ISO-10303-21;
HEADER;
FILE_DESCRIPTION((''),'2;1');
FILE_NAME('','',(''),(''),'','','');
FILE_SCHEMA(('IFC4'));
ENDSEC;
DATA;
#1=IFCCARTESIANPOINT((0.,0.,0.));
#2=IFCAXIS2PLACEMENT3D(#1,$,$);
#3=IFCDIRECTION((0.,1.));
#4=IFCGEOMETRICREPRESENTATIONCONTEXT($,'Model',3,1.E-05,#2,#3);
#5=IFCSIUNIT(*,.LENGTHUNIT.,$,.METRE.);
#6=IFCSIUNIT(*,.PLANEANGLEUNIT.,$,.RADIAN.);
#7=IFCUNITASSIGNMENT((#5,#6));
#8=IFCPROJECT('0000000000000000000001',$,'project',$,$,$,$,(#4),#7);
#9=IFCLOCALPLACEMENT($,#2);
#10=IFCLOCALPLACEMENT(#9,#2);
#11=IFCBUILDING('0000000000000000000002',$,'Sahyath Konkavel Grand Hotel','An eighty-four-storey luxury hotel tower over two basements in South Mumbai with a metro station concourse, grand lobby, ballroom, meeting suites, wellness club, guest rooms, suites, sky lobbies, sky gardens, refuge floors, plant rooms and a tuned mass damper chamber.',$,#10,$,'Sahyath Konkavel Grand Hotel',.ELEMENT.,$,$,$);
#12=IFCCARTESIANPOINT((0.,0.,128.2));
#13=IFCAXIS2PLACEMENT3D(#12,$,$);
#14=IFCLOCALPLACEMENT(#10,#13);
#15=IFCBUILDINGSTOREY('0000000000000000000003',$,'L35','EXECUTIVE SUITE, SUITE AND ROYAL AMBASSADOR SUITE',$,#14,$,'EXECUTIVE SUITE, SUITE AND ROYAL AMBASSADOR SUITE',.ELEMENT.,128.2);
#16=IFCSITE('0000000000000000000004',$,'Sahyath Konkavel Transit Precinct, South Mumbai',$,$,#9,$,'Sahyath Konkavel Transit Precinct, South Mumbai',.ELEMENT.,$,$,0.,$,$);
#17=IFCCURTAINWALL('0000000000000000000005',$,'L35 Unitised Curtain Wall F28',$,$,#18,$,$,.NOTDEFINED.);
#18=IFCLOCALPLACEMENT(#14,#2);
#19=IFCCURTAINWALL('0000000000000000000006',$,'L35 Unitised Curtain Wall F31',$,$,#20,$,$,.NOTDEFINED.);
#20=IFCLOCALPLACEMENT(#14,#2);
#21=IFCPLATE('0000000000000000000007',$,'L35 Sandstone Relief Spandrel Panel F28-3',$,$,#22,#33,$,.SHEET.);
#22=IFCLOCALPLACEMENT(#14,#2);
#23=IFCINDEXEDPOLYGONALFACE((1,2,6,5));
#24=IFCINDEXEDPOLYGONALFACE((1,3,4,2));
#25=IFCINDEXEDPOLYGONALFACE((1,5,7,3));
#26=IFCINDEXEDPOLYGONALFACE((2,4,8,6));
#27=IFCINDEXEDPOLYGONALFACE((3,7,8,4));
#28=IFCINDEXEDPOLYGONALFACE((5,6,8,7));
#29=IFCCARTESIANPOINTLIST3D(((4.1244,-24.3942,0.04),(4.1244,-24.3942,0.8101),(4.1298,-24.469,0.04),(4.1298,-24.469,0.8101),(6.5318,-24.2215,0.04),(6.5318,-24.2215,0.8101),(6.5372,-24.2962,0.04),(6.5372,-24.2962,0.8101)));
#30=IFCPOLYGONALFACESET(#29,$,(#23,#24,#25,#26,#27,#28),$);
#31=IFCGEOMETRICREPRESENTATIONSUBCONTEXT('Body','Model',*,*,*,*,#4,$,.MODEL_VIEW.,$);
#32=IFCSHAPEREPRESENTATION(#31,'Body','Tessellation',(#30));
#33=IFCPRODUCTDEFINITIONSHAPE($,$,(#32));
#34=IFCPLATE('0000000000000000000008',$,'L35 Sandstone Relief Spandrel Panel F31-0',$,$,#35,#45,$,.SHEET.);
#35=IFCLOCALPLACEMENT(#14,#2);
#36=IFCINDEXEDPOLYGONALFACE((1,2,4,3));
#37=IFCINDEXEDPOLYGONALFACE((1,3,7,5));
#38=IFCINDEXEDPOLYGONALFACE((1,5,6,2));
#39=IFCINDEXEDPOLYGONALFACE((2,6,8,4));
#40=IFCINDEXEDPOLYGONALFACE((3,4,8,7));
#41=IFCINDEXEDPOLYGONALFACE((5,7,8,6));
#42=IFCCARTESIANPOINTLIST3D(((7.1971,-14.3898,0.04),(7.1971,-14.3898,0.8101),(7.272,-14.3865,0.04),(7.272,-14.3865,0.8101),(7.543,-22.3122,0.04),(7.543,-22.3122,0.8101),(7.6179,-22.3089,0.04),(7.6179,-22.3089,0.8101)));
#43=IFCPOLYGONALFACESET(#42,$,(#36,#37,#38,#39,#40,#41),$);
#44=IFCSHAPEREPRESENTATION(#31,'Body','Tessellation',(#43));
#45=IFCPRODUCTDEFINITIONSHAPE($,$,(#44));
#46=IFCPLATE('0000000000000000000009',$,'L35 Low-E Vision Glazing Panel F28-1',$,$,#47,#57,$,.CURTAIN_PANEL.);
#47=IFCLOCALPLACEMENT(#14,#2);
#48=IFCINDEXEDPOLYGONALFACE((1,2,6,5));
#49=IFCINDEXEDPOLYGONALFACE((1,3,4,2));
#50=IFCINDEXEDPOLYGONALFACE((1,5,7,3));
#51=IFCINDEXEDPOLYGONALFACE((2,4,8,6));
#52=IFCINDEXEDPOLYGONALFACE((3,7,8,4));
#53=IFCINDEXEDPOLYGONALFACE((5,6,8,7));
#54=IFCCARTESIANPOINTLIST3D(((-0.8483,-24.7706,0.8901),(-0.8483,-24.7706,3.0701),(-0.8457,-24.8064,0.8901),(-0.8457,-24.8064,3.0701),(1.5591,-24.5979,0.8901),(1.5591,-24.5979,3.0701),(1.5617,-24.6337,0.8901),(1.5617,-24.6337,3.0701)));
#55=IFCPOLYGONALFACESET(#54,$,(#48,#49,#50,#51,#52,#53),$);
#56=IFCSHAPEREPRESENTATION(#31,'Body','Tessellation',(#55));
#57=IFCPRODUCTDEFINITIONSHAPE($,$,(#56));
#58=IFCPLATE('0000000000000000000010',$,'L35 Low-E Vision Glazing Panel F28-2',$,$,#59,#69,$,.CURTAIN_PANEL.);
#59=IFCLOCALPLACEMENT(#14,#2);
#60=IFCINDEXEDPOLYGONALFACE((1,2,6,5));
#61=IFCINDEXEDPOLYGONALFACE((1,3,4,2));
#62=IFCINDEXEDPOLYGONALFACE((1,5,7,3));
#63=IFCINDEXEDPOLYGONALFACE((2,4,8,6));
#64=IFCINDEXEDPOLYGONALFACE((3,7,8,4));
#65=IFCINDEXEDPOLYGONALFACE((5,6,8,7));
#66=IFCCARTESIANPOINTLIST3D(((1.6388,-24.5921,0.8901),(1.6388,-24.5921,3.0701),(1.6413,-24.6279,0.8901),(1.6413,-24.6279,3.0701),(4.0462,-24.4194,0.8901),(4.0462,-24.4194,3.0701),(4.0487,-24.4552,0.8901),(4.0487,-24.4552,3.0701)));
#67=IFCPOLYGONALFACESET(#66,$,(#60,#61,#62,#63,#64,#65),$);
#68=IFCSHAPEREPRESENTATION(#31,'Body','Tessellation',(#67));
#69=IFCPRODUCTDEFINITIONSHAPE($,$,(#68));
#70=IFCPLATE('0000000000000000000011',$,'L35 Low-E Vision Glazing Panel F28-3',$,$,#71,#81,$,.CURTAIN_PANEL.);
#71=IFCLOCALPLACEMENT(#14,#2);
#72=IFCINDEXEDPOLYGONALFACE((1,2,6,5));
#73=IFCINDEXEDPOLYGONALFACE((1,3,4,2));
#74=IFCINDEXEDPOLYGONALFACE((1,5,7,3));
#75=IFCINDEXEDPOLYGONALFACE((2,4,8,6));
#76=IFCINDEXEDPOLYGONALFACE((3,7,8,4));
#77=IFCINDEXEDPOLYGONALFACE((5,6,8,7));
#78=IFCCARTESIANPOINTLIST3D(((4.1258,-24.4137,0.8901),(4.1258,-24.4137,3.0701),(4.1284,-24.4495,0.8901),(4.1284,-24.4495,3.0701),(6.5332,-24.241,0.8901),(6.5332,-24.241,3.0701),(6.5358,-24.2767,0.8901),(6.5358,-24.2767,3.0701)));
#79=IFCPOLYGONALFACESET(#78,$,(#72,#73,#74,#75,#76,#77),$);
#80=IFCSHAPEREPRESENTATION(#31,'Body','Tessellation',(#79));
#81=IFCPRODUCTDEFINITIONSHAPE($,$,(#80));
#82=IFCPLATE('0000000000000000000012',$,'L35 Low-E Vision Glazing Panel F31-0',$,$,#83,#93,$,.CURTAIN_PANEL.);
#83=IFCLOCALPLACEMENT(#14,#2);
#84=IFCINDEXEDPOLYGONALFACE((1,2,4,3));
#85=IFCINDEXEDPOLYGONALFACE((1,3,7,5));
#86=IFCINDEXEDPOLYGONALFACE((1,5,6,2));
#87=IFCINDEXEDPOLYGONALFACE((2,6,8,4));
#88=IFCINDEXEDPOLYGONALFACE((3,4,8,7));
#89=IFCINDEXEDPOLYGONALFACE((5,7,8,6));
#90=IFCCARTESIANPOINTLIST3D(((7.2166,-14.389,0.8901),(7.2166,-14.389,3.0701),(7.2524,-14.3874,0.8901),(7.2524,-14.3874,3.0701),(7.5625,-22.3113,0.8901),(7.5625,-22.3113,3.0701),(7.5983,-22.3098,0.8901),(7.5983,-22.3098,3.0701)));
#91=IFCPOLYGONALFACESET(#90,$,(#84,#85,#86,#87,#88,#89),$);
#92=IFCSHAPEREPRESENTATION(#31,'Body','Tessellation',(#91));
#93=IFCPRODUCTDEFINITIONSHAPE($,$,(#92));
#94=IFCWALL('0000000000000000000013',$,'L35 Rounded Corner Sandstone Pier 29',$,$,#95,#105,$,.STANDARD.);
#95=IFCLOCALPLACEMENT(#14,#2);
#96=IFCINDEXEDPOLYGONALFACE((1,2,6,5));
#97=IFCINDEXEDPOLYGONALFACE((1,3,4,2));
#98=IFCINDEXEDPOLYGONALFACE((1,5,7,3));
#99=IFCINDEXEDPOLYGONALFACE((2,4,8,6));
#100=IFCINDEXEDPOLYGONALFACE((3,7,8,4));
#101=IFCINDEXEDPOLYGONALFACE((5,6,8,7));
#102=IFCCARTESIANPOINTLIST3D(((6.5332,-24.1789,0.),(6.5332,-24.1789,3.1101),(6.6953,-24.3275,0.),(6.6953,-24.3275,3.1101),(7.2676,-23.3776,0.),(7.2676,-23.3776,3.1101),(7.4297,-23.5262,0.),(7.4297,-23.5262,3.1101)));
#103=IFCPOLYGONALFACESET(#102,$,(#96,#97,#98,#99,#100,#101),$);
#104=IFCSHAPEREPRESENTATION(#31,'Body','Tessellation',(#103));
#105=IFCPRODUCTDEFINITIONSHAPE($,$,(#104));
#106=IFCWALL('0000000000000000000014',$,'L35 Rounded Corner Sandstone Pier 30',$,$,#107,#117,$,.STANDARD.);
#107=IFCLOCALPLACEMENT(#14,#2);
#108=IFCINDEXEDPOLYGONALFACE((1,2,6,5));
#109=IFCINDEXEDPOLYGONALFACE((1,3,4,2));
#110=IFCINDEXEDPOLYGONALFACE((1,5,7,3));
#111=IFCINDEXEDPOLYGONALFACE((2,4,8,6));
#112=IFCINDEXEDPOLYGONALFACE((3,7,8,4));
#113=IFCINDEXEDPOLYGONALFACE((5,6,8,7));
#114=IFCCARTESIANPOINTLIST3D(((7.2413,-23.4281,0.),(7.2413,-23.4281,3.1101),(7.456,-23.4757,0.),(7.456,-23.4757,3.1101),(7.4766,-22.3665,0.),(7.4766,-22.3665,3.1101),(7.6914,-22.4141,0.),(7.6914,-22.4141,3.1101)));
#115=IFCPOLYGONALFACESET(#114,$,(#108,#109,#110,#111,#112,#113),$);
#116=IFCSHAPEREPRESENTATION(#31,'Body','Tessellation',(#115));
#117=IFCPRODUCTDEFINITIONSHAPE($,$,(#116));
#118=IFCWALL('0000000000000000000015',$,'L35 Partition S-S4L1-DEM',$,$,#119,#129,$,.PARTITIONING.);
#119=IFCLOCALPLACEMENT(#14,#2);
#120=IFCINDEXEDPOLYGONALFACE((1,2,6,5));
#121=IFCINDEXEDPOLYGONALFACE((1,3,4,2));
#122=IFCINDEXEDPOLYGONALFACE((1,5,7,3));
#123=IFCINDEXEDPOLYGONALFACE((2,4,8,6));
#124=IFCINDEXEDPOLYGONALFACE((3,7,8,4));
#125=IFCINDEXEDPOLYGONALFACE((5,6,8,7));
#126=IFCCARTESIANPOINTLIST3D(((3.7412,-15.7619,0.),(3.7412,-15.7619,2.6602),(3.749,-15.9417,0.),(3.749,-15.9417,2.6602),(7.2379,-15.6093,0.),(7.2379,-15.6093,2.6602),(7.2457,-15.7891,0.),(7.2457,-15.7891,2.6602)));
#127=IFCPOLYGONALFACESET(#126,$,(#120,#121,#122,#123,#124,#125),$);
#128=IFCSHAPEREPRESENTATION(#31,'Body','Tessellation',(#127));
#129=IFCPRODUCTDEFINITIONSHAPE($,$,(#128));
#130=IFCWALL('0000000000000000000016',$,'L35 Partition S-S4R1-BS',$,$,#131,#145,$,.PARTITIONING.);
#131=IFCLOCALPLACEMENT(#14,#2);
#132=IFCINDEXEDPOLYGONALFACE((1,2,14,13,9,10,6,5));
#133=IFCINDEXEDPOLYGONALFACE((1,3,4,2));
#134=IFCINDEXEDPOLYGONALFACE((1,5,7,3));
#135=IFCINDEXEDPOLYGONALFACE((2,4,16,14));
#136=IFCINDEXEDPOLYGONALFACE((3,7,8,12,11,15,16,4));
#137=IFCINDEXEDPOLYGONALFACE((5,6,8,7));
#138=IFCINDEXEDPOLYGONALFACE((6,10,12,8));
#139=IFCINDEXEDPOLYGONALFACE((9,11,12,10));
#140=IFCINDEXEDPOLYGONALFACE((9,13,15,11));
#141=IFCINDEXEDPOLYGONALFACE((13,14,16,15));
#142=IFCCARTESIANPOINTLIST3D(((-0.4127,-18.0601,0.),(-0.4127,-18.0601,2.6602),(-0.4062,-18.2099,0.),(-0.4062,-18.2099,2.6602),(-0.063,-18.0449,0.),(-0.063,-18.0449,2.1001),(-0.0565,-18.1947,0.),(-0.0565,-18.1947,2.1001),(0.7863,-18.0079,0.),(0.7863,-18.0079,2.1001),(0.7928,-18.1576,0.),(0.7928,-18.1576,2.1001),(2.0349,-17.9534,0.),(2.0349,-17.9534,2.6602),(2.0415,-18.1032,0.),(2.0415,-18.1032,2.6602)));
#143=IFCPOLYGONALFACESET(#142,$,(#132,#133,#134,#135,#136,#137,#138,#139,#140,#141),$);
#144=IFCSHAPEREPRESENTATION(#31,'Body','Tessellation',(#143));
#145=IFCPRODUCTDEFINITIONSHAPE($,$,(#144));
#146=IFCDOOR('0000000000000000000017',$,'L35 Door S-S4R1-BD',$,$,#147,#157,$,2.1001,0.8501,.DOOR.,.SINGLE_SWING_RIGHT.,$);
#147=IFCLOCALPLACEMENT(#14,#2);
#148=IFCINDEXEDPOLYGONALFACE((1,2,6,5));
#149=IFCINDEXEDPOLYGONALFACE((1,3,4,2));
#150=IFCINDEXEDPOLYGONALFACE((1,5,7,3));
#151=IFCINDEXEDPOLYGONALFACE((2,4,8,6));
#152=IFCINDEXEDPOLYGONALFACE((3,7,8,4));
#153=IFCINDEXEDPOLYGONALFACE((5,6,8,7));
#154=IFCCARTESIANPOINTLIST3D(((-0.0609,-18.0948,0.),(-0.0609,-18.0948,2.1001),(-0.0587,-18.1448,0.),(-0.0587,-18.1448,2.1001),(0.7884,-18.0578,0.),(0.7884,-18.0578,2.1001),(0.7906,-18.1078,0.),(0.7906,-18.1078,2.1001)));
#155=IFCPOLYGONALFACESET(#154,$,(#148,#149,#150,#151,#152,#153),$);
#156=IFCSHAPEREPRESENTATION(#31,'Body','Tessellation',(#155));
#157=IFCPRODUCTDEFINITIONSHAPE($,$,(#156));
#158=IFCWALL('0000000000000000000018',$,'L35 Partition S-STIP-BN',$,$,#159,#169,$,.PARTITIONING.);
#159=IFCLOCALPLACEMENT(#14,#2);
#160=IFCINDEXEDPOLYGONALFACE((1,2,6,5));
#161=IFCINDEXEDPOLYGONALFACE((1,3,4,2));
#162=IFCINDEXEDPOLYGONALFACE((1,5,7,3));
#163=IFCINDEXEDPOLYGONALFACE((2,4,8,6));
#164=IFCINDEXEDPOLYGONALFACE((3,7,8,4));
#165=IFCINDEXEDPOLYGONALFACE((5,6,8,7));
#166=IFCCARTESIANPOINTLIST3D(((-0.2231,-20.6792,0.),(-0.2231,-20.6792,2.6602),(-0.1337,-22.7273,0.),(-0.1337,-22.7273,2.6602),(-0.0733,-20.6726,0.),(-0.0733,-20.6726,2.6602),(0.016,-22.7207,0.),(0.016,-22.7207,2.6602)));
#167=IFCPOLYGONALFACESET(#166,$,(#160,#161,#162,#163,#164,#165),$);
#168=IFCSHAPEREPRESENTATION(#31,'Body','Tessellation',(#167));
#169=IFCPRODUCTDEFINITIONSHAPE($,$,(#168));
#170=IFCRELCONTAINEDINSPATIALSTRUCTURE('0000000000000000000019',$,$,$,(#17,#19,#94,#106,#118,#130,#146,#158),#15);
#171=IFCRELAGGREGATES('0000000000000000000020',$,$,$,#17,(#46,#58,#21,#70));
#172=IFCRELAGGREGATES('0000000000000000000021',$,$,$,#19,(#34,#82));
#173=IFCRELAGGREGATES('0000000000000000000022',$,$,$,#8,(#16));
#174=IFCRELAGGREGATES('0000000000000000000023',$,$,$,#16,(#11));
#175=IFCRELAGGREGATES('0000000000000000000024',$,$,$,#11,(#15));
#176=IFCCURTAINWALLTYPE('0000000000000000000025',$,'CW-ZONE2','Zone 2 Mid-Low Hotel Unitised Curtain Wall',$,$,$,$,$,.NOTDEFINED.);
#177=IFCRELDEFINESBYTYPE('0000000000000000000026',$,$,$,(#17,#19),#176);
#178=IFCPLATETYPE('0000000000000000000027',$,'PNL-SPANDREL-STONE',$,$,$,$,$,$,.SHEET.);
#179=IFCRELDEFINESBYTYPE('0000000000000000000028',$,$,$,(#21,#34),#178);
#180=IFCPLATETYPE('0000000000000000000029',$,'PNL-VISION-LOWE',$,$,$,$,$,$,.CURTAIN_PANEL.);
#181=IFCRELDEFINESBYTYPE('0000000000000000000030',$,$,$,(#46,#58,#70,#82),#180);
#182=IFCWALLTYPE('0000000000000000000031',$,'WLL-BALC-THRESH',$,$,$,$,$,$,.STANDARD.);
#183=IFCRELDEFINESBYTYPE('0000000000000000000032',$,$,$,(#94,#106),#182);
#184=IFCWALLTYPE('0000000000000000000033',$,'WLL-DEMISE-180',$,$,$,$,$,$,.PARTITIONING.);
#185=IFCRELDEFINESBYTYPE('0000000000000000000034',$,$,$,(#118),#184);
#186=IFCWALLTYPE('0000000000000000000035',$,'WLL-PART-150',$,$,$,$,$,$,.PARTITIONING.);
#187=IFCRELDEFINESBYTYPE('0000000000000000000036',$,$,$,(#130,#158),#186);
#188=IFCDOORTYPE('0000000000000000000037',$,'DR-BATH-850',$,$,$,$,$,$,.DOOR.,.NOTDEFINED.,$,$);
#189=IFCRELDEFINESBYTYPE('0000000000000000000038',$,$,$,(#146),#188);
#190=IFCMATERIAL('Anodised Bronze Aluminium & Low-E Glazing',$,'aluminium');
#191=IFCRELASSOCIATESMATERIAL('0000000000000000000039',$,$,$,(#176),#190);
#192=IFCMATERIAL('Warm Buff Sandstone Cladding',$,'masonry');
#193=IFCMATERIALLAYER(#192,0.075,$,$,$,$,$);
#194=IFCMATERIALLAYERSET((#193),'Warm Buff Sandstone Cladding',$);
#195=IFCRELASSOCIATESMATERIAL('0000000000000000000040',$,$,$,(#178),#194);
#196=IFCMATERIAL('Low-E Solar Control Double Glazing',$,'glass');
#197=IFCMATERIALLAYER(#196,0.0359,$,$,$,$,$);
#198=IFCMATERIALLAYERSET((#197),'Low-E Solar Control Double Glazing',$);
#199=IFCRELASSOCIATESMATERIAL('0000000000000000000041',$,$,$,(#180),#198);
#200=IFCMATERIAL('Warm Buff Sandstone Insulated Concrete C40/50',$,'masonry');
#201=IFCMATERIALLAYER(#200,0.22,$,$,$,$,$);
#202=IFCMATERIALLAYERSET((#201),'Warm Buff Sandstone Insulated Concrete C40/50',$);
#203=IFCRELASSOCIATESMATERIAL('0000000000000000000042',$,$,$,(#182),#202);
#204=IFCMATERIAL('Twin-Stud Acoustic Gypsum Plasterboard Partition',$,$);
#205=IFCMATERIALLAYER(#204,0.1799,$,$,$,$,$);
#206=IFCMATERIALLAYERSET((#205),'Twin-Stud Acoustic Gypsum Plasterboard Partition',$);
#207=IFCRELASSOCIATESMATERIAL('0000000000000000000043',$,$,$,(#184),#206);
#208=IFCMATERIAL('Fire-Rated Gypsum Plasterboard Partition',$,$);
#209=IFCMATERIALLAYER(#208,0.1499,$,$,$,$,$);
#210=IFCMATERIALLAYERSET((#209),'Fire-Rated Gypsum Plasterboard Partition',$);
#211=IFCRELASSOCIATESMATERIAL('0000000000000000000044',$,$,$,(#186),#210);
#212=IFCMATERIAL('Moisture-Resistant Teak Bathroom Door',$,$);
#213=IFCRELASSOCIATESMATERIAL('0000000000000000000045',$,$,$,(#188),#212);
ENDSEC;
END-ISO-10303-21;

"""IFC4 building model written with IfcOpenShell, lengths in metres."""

from ifc_helpers import new_model, si_unit, direction, frame, frame_2d, origin, origin_2d, place, context, subcontext, project, spatial, rectangle, extrude, source, transform, mapped, material, layer, layer_set, type_object, element, fill, aggregate, save


model = new_model("IFC4")

# Units and contexts
model_context = context("Model", 3, precision=1e-05, world=origin(), true_north=direction((0.0, 1.0)))
body_context = subcontext(model_context, "Body", "Model", "MODEL_VIEW")
ifc_project = project(units=[si_unit("LENGTHUNIT", "METRE"), si_unit("PLANEANGLEUNIT", "RADIAN")], contexts=[model_context])

# Site, building, storey
site_placement = place(None, origin())
site = spatial("IfcSite", under=ifc_project, at=site_placement, Name="Sahyath Konkavel Transit Precinct, South Mumbai", LongName="Sahyath Konkavel Transit Precinct, South Mumbai", CompositionType="ELEMENT", RefElevation=0.0)
building_placement = place(site_placement, origin())
building = spatial("IfcBuilding", under=site, at=building_placement, Name="Sahyath Konkavel Grand Hotel", Description="An eighty-four-storey luxury hotel tower over two basements in South Mumbai with a metro station concourse, grand lobby, ballroom, meeting suites, wellness club, guest rooms, suites, sky lobbies, sky gardens, refuge floors, plant rooms and a tuned mass damper chamber.", LongName="Sahyath Konkavel Grand Hotel", CompositionType="ELEMENT")
storey_placement = place(building_placement, frame((0.0, 0.0, 128.2)))
storey = spatial("IfcBuildingStorey", under=building, at=storey_placement, Name="L35", Description="EXECUTIVE SUITE, SUITE AND ROYAL AMBASSADOR SUITE", LongName="EXECUTIVE SUITE, SUITE AND ROYAL AMBASSADOR SUITE", CompositionType="ELEMENT", Elevation=128.2)

# Curtain wall
ifc_material_1 = material(Name="Anodised Bronze Aluminium & Low-E Glazing", Category="aluminium")
curtain_wall_type = type_object("IfcCurtainWallType", Name="CW-ZONE2", Description="Zone 2 Mid-Low Hotel Unitised Curtain Wall", PredefinedType="NOTDEFINED", material=ifc_material_1)
curtain_wall_1_placement = place(storey_placement, origin())
curtain_wall_1 = element("IfcCurtainWall", 1, at=curtain_wall_1_placement, inside=storey, type_object=curtain_wall_type, Name="L35 Unitised Curtain Wall F28", PredefinedType="NOTDEFINED")

# Curtain wall
curtain_wall_2_placement = place(storey_placement, origin())
curtain_wall_2 = element("IfcCurtainWall", 2, at=curtain_wall_2_placement, inside=storey, type_object=curtain_wall_type, Name="L35 Unitised Curtain Wall F31", PredefinedType="NOTDEFINED")

# Plates
ifc_material_2 = material(Name="Warm Buff Sandstone Cladding", Category="masonry")
ifc_layer_1 = layer(ifc_material_2, 0.075)
ifc_layer_set_1 = layer_set([ifc_layer_1], Name="Warm Buff Sandstone Cladding")
plate_type_1 = type_object("IfcPlateType", Name="PNL-SPANDREL-STONE", PredefinedType="SHEET", material=ifc_layer_set_1)
shared_shape_1 = source(origin(), body_context, "Body", "SweptSolid", [
    extrude(rectangle(XDim=2.4136, YDim=0.075, at=origin_2d()), origin(), (0.0, 0.0, 1.0), 0.77),
])
plate_1_placement = place(storey_placement, frame((5.3308, -24.3452, 0.04), z_axis=(0.0, 0.0, 1.0), x_axis=(0.997436, 0.071567, 0.0)))
plate_1 = element("IfcPlate", 3, at=plate_1_placement, type_object=plate_type_1, Name="L35 Sandstone Relief Spandrel Panel F28-3", PredefinedType="SHEET", context=body_context, shape_type="MappedRepresentation", body=[
    mapped(shared_shape_1, transform((0.0, 0.0, 0.0), scale=1.0)),
])
shared_shape_2 = source(origin(), body_context, "Body", "SweptSolid", [
    extrude(rectangle(XDim=7.9299, YDim=0.075, at=origin_2d()), origin(), (0.0, 0.0, 1.0), 0.77),
])
plate_2_placement = place(storey_placement, frame((7.4075, -18.3494, 0.04), z_axis=(0.0, 0.0, 1.0), x_axis=(-0.043619, 0.999048, 0.0)))
plate_2 = element("IfcPlate", 4, at=plate_2_placement, type_object=plate_type_1, Name="L35 Sandstone Relief Spandrel Panel F31-0", PredefinedType="SHEET", context=body_context, shape_type="MappedRepresentation", body=[
    mapped(shared_shape_2, transform((0.0, 0.0, 0.0), scale=1.0)),
])
ifc_material_3 = material(Name="Low-E Solar Control Double Glazing", Category="glass")
ifc_layer_2 = layer(ifc_material_3, 0.0359)
ifc_layer_set_2 = layer_set([ifc_layer_2], Name="Low-E Solar Control Double Glazing")
plate_type_2 = type_object("IfcPlateType", Name="PNL-VISION-LOWE", PredefinedType="CURTAIN_PANEL", material=ifc_layer_set_2)
shared_shape_3 = source(origin(), body_context, "Body", "SweptSolid", [
    extrude(rectangle(XDim=2.4136, YDim=0.0359, at=origin_2d()), origin(), (0.0, 0.0, 1.0), 2.1799),
])
plate_3_placement = place(storey_placement, frame((0.3567, -24.7021, 0.8901), z_axis=(0.0, 0.0, 1.0), x_axis=(0.997436, 0.071567, 0.0)))
plate_3 = element("IfcPlate", 5, at=plate_3_placement, type_object=plate_type_2, Name="L35 Low-E Vision Glazing Panel F28-1", PredefinedType="CURTAIN_PANEL", context=body_context, shape_type="MappedRepresentation", body=[
    mapped(shared_shape_3, transform((0.0, 0.0, 0.0), scale=1.0)),
])
plate_4_placement = place(storey_placement, frame((2.8438, -24.5237, 0.8901), z_axis=(0.0, 0.0, 1.0), x_axis=(0.997436, 0.071567, 0.0)))
plate_4 = element("IfcPlate", 6, at=plate_4_placement, type_object=plate_type_2, Name="L35 Low-E Vision Glazing Panel F28-2", PredefinedType="CURTAIN_PANEL", context=body_context, shape_type="MappedRepresentation", body=[
    mapped(shared_shape_3, transform((0.0, 0.0, 0.0), scale=1.0)),
])
plate_5_placement = place(storey_placement, frame((5.3308, -24.3452, 0.8901), z_axis=(0.0, 0.0, 1.0), x_axis=(0.997436, 0.071567, 0.0)))
plate_5 = element("IfcPlate", 7, at=plate_5_placement, type_object=plate_type_2, Name="L35 Low-E Vision Glazing Panel F28-3", PredefinedType="CURTAIN_PANEL", context=body_context, shape_type="MappedRepresentation", body=[
    mapped(shared_shape_3, transform((0.0, 0.0, 0.0), scale=1.0)),
])
aggregate(curtain_wall_1, [plate_3, plate_4, plate_1, plate_5])
shared_shape_4 = source(origin(), body_context, "Body", "SweptSolid", [
    extrude(rectangle(XDim=7.9299, YDim=0.0359, at=origin_2d()), origin(), (0.0, 0.0, 1.0), 2.1799),
])
plate_6_placement = place(storey_placement, frame((7.4075, -18.3494, 0.8901), z_axis=(0.0, 0.0, 1.0), x_axis=(-0.043619, 0.999048, 0.0)))
plate_6 = element("IfcPlate", 8, at=plate_6_placement, type_object=plate_type_2, Name="L35 Low-E Vision Glazing Panel F31-0", PredefinedType="CURTAIN_PANEL", context=body_context, shape_type="MappedRepresentation", body=[
    mapped(shared_shape_4, transform((0.0, 0.0, 0.0), scale=1.0)),
])
aggregate(curtain_wall_2, [plate_2, plate_6])

# Walls
ifc_material_4 = material(Name="Warm Buff Sandstone Insulated Concrete C40/50", Category="masonry")
ifc_layer_3 = layer(ifc_material_4, 0.22)
ifc_layer_set_3 = layer_set([ifc_layer_3], Name="Warm Buff Sandstone Insulated Concrete C40/50")
wall_type_1 = type_object("IfcWallType", Name="WLL-BALC-THRESH", PredefinedType="STANDARD", material=ifc_layer_set_3)
wall_1_placement = place(storey_placement, frame((6.6143, -24.2532, 0.0), z_axis=(0.0, 0.0, 1.0), x_axis=(0.675664, 0.73721, 0.0)))
element("IfcWall", 9, at=wall_1_placement, inside=storey, type_object=wall_type_1, Name="L35 Rounded Corner Sandstone Pier 29", PredefinedType="STANDARD", context=body_context, shape_type="SweptSolid", body=[
    extrude(rectangle(XDim=1.0869, YDim=0.22, at=frame_2d((0.5435, 0.0))), origin(), (0.0, 0.0, 1.0), 3.1101),
])
wall_2_placement = place(storey_placement, frame((7.3486, -23.4519, 0.0), z_axis=(0.0, 0.0, 1.0), x_axis=(0.216455, 0.976293, 0.0)))
element("IfcWall", 10, at=wall_2_placement, inside=storey, type_object=wall_type_1, Name="L35 Rounded Corner Sandstone Pier 30", PredefinedType="STANDARD", context=body_context, shape_type="SweptSolid", body=[
    extrude(rectangle(XDim=1.0874, YDim=0.22, at=frame_2d((0.5437, 0.0))), origin(), (0.0, 0.0, 1.0), 3.1101),
])
ifc_material_5 = material(Name="Twin-Stud Acoustic Gypsum Plasterboard Partition")
ifc_layer_4 = layer(ifc_material_5, 0.1799)
ifc_layer_set_4 = layer_set([ifc_layer_4], Name="Twin-Stud Acoustic Gypsum Plasterboard Partition")
wall_type_2 = type_object("IfcWallType", Name="WLL-DEMISE-180", PredefinedType="PARTITIONING", material=ifc_layer_set_4)
wall_3_placement = place(storey_placement, frame((3.7451, -15.8518, 0.0), z_axis=(0.0, 0.0, 1.0), x_axis=(0.999049, 0.043598, 0.0)))
element("IfcWall", 11, at=wall_3_placement, inside=storey, type_object=wall_type_2, Name="L35 Partition S-S4L1-DEM", PredefinedType="PARTITIONING", context=body_context, shape_type="SweptSolid", body=[
    extrude(rectangle(XDim=3.5, YDim=0.1799, at=frame_2d((1.75, 0.0))), origin(), (0.0, 0.0, 1.0), 2.6602),
])

# Wall, opening, door
ifc_material_6 = material(Name="Fire-Rated Gypsum Plasterboard Partition")
ifc_layer_5 = layer(ifc_material_6, 0.1499)
ifc_layer_set_5 = layer_set([ifc_layer_5], Name="Fire-Rated Gypsum Plasterboard Partition")
wall_type_3 = type_object("IfcWallType", Name="WLL-PART-150", PredefinedType="PARTITIONING", material=ifc_layer_set_5)
wall_4_placement = place(storey_placement, frame((2.0383, -18.0283, 0.0), z_axis=(0.0, 0.0, 1.0), x_axis=(-0.999051, -0.04355, 0.0)))
wall_4 = element("IfcWall", 12, at=wall_4_placement, inside=storey, type_object=wall_type_3, Name="L35 Partition S-S4R1-BS", PredefinedType="PARTITIONING", context=body_context, shape_type="SweptSolid", body=[
    extrude(rectangle(XDim=2.45, YDim=0.1499, at=frame_2d((1.2251, 0.0))), origin(), (0.0, 0.0, 1.0), 2.6602),
])
opening_placement = place(wall_4_placement, frame((1.25, 0.0, 0.0)))
opening = element("IfcOpeningElement", 13, at=opening_placement, cuts=wall_4, PredefinedType="OPENING", context=body_context, shape_type="SweptSolid", body=[
    extrude(rectangle(XDim=0.8501, YDim=2.1001, at=frame_2d((0.425, 1.05))), frame((0.0, 0.085, 0.0), z_axis=(0.0, -1.0, 0.0), x_axis=(1.0, 0.0, 0.0)), (0.0, 0.0, 1.0), 0.1699),
])
ifc_material_7 = material(Name="Moisture-Resistant Teak Bathroom Door")
door_type = type_object("IfcDoorType", Name="DR-BATH-850", OperationType="NOTDEFINED", PredefinedType="DOOR", material=ifc_material_7)
shared_shape_5 = source(origin(), body_context, "Body", "SweptSolid", [
    extrude(rectangle(XDim=0.8501, YDim=0.05, at=origin_2d()), origin(), (0.0, 0.0, 1.0), 2.1001),
])
door_placement = place(opening_placement, frame((0.425, 0.0, 0.0)))
door = element("IfcDoor", 14, at=door_placement, inside=storey, type_object=door_type, Name="L35 Door S-S4R1-BD", OperationType="SINGLE_SWING_RIGHT", OverallHeight=2.1001, OverallWidth=0.8501, PredefinedType="DOOR", context=body_context, shape_type="MappedRepresentation", body=[
    mapped(shared_shape_5, transform((0.0, 0.0, 0.0), scale=1.0)),
])
fill(opening, door)

# Wall
wall_5_placement = place(storey_placement, frame((-0.1482, -20.676, 0.0), z_axis=(0.0, 0.0, 1.0), x_axis=(0.043587, -0.99905, 0.0)))
element("IfcWall", 15, at=wall_5_placement, inside=storey, type_object=wall_type_3, Name="L35 Partition S-STIP-BN", PredefinedType="PARTITIONING", context=body_context, shape_type="SweptSolid", body=[
    extrude(rectangle(XDim=2.05, YDim=0.1499, at=frame_2d((1.0249, 0.0))), origin(), (0.0, 0.0, 1.0), 2.6602),
])

save(model, "model.ifc")
